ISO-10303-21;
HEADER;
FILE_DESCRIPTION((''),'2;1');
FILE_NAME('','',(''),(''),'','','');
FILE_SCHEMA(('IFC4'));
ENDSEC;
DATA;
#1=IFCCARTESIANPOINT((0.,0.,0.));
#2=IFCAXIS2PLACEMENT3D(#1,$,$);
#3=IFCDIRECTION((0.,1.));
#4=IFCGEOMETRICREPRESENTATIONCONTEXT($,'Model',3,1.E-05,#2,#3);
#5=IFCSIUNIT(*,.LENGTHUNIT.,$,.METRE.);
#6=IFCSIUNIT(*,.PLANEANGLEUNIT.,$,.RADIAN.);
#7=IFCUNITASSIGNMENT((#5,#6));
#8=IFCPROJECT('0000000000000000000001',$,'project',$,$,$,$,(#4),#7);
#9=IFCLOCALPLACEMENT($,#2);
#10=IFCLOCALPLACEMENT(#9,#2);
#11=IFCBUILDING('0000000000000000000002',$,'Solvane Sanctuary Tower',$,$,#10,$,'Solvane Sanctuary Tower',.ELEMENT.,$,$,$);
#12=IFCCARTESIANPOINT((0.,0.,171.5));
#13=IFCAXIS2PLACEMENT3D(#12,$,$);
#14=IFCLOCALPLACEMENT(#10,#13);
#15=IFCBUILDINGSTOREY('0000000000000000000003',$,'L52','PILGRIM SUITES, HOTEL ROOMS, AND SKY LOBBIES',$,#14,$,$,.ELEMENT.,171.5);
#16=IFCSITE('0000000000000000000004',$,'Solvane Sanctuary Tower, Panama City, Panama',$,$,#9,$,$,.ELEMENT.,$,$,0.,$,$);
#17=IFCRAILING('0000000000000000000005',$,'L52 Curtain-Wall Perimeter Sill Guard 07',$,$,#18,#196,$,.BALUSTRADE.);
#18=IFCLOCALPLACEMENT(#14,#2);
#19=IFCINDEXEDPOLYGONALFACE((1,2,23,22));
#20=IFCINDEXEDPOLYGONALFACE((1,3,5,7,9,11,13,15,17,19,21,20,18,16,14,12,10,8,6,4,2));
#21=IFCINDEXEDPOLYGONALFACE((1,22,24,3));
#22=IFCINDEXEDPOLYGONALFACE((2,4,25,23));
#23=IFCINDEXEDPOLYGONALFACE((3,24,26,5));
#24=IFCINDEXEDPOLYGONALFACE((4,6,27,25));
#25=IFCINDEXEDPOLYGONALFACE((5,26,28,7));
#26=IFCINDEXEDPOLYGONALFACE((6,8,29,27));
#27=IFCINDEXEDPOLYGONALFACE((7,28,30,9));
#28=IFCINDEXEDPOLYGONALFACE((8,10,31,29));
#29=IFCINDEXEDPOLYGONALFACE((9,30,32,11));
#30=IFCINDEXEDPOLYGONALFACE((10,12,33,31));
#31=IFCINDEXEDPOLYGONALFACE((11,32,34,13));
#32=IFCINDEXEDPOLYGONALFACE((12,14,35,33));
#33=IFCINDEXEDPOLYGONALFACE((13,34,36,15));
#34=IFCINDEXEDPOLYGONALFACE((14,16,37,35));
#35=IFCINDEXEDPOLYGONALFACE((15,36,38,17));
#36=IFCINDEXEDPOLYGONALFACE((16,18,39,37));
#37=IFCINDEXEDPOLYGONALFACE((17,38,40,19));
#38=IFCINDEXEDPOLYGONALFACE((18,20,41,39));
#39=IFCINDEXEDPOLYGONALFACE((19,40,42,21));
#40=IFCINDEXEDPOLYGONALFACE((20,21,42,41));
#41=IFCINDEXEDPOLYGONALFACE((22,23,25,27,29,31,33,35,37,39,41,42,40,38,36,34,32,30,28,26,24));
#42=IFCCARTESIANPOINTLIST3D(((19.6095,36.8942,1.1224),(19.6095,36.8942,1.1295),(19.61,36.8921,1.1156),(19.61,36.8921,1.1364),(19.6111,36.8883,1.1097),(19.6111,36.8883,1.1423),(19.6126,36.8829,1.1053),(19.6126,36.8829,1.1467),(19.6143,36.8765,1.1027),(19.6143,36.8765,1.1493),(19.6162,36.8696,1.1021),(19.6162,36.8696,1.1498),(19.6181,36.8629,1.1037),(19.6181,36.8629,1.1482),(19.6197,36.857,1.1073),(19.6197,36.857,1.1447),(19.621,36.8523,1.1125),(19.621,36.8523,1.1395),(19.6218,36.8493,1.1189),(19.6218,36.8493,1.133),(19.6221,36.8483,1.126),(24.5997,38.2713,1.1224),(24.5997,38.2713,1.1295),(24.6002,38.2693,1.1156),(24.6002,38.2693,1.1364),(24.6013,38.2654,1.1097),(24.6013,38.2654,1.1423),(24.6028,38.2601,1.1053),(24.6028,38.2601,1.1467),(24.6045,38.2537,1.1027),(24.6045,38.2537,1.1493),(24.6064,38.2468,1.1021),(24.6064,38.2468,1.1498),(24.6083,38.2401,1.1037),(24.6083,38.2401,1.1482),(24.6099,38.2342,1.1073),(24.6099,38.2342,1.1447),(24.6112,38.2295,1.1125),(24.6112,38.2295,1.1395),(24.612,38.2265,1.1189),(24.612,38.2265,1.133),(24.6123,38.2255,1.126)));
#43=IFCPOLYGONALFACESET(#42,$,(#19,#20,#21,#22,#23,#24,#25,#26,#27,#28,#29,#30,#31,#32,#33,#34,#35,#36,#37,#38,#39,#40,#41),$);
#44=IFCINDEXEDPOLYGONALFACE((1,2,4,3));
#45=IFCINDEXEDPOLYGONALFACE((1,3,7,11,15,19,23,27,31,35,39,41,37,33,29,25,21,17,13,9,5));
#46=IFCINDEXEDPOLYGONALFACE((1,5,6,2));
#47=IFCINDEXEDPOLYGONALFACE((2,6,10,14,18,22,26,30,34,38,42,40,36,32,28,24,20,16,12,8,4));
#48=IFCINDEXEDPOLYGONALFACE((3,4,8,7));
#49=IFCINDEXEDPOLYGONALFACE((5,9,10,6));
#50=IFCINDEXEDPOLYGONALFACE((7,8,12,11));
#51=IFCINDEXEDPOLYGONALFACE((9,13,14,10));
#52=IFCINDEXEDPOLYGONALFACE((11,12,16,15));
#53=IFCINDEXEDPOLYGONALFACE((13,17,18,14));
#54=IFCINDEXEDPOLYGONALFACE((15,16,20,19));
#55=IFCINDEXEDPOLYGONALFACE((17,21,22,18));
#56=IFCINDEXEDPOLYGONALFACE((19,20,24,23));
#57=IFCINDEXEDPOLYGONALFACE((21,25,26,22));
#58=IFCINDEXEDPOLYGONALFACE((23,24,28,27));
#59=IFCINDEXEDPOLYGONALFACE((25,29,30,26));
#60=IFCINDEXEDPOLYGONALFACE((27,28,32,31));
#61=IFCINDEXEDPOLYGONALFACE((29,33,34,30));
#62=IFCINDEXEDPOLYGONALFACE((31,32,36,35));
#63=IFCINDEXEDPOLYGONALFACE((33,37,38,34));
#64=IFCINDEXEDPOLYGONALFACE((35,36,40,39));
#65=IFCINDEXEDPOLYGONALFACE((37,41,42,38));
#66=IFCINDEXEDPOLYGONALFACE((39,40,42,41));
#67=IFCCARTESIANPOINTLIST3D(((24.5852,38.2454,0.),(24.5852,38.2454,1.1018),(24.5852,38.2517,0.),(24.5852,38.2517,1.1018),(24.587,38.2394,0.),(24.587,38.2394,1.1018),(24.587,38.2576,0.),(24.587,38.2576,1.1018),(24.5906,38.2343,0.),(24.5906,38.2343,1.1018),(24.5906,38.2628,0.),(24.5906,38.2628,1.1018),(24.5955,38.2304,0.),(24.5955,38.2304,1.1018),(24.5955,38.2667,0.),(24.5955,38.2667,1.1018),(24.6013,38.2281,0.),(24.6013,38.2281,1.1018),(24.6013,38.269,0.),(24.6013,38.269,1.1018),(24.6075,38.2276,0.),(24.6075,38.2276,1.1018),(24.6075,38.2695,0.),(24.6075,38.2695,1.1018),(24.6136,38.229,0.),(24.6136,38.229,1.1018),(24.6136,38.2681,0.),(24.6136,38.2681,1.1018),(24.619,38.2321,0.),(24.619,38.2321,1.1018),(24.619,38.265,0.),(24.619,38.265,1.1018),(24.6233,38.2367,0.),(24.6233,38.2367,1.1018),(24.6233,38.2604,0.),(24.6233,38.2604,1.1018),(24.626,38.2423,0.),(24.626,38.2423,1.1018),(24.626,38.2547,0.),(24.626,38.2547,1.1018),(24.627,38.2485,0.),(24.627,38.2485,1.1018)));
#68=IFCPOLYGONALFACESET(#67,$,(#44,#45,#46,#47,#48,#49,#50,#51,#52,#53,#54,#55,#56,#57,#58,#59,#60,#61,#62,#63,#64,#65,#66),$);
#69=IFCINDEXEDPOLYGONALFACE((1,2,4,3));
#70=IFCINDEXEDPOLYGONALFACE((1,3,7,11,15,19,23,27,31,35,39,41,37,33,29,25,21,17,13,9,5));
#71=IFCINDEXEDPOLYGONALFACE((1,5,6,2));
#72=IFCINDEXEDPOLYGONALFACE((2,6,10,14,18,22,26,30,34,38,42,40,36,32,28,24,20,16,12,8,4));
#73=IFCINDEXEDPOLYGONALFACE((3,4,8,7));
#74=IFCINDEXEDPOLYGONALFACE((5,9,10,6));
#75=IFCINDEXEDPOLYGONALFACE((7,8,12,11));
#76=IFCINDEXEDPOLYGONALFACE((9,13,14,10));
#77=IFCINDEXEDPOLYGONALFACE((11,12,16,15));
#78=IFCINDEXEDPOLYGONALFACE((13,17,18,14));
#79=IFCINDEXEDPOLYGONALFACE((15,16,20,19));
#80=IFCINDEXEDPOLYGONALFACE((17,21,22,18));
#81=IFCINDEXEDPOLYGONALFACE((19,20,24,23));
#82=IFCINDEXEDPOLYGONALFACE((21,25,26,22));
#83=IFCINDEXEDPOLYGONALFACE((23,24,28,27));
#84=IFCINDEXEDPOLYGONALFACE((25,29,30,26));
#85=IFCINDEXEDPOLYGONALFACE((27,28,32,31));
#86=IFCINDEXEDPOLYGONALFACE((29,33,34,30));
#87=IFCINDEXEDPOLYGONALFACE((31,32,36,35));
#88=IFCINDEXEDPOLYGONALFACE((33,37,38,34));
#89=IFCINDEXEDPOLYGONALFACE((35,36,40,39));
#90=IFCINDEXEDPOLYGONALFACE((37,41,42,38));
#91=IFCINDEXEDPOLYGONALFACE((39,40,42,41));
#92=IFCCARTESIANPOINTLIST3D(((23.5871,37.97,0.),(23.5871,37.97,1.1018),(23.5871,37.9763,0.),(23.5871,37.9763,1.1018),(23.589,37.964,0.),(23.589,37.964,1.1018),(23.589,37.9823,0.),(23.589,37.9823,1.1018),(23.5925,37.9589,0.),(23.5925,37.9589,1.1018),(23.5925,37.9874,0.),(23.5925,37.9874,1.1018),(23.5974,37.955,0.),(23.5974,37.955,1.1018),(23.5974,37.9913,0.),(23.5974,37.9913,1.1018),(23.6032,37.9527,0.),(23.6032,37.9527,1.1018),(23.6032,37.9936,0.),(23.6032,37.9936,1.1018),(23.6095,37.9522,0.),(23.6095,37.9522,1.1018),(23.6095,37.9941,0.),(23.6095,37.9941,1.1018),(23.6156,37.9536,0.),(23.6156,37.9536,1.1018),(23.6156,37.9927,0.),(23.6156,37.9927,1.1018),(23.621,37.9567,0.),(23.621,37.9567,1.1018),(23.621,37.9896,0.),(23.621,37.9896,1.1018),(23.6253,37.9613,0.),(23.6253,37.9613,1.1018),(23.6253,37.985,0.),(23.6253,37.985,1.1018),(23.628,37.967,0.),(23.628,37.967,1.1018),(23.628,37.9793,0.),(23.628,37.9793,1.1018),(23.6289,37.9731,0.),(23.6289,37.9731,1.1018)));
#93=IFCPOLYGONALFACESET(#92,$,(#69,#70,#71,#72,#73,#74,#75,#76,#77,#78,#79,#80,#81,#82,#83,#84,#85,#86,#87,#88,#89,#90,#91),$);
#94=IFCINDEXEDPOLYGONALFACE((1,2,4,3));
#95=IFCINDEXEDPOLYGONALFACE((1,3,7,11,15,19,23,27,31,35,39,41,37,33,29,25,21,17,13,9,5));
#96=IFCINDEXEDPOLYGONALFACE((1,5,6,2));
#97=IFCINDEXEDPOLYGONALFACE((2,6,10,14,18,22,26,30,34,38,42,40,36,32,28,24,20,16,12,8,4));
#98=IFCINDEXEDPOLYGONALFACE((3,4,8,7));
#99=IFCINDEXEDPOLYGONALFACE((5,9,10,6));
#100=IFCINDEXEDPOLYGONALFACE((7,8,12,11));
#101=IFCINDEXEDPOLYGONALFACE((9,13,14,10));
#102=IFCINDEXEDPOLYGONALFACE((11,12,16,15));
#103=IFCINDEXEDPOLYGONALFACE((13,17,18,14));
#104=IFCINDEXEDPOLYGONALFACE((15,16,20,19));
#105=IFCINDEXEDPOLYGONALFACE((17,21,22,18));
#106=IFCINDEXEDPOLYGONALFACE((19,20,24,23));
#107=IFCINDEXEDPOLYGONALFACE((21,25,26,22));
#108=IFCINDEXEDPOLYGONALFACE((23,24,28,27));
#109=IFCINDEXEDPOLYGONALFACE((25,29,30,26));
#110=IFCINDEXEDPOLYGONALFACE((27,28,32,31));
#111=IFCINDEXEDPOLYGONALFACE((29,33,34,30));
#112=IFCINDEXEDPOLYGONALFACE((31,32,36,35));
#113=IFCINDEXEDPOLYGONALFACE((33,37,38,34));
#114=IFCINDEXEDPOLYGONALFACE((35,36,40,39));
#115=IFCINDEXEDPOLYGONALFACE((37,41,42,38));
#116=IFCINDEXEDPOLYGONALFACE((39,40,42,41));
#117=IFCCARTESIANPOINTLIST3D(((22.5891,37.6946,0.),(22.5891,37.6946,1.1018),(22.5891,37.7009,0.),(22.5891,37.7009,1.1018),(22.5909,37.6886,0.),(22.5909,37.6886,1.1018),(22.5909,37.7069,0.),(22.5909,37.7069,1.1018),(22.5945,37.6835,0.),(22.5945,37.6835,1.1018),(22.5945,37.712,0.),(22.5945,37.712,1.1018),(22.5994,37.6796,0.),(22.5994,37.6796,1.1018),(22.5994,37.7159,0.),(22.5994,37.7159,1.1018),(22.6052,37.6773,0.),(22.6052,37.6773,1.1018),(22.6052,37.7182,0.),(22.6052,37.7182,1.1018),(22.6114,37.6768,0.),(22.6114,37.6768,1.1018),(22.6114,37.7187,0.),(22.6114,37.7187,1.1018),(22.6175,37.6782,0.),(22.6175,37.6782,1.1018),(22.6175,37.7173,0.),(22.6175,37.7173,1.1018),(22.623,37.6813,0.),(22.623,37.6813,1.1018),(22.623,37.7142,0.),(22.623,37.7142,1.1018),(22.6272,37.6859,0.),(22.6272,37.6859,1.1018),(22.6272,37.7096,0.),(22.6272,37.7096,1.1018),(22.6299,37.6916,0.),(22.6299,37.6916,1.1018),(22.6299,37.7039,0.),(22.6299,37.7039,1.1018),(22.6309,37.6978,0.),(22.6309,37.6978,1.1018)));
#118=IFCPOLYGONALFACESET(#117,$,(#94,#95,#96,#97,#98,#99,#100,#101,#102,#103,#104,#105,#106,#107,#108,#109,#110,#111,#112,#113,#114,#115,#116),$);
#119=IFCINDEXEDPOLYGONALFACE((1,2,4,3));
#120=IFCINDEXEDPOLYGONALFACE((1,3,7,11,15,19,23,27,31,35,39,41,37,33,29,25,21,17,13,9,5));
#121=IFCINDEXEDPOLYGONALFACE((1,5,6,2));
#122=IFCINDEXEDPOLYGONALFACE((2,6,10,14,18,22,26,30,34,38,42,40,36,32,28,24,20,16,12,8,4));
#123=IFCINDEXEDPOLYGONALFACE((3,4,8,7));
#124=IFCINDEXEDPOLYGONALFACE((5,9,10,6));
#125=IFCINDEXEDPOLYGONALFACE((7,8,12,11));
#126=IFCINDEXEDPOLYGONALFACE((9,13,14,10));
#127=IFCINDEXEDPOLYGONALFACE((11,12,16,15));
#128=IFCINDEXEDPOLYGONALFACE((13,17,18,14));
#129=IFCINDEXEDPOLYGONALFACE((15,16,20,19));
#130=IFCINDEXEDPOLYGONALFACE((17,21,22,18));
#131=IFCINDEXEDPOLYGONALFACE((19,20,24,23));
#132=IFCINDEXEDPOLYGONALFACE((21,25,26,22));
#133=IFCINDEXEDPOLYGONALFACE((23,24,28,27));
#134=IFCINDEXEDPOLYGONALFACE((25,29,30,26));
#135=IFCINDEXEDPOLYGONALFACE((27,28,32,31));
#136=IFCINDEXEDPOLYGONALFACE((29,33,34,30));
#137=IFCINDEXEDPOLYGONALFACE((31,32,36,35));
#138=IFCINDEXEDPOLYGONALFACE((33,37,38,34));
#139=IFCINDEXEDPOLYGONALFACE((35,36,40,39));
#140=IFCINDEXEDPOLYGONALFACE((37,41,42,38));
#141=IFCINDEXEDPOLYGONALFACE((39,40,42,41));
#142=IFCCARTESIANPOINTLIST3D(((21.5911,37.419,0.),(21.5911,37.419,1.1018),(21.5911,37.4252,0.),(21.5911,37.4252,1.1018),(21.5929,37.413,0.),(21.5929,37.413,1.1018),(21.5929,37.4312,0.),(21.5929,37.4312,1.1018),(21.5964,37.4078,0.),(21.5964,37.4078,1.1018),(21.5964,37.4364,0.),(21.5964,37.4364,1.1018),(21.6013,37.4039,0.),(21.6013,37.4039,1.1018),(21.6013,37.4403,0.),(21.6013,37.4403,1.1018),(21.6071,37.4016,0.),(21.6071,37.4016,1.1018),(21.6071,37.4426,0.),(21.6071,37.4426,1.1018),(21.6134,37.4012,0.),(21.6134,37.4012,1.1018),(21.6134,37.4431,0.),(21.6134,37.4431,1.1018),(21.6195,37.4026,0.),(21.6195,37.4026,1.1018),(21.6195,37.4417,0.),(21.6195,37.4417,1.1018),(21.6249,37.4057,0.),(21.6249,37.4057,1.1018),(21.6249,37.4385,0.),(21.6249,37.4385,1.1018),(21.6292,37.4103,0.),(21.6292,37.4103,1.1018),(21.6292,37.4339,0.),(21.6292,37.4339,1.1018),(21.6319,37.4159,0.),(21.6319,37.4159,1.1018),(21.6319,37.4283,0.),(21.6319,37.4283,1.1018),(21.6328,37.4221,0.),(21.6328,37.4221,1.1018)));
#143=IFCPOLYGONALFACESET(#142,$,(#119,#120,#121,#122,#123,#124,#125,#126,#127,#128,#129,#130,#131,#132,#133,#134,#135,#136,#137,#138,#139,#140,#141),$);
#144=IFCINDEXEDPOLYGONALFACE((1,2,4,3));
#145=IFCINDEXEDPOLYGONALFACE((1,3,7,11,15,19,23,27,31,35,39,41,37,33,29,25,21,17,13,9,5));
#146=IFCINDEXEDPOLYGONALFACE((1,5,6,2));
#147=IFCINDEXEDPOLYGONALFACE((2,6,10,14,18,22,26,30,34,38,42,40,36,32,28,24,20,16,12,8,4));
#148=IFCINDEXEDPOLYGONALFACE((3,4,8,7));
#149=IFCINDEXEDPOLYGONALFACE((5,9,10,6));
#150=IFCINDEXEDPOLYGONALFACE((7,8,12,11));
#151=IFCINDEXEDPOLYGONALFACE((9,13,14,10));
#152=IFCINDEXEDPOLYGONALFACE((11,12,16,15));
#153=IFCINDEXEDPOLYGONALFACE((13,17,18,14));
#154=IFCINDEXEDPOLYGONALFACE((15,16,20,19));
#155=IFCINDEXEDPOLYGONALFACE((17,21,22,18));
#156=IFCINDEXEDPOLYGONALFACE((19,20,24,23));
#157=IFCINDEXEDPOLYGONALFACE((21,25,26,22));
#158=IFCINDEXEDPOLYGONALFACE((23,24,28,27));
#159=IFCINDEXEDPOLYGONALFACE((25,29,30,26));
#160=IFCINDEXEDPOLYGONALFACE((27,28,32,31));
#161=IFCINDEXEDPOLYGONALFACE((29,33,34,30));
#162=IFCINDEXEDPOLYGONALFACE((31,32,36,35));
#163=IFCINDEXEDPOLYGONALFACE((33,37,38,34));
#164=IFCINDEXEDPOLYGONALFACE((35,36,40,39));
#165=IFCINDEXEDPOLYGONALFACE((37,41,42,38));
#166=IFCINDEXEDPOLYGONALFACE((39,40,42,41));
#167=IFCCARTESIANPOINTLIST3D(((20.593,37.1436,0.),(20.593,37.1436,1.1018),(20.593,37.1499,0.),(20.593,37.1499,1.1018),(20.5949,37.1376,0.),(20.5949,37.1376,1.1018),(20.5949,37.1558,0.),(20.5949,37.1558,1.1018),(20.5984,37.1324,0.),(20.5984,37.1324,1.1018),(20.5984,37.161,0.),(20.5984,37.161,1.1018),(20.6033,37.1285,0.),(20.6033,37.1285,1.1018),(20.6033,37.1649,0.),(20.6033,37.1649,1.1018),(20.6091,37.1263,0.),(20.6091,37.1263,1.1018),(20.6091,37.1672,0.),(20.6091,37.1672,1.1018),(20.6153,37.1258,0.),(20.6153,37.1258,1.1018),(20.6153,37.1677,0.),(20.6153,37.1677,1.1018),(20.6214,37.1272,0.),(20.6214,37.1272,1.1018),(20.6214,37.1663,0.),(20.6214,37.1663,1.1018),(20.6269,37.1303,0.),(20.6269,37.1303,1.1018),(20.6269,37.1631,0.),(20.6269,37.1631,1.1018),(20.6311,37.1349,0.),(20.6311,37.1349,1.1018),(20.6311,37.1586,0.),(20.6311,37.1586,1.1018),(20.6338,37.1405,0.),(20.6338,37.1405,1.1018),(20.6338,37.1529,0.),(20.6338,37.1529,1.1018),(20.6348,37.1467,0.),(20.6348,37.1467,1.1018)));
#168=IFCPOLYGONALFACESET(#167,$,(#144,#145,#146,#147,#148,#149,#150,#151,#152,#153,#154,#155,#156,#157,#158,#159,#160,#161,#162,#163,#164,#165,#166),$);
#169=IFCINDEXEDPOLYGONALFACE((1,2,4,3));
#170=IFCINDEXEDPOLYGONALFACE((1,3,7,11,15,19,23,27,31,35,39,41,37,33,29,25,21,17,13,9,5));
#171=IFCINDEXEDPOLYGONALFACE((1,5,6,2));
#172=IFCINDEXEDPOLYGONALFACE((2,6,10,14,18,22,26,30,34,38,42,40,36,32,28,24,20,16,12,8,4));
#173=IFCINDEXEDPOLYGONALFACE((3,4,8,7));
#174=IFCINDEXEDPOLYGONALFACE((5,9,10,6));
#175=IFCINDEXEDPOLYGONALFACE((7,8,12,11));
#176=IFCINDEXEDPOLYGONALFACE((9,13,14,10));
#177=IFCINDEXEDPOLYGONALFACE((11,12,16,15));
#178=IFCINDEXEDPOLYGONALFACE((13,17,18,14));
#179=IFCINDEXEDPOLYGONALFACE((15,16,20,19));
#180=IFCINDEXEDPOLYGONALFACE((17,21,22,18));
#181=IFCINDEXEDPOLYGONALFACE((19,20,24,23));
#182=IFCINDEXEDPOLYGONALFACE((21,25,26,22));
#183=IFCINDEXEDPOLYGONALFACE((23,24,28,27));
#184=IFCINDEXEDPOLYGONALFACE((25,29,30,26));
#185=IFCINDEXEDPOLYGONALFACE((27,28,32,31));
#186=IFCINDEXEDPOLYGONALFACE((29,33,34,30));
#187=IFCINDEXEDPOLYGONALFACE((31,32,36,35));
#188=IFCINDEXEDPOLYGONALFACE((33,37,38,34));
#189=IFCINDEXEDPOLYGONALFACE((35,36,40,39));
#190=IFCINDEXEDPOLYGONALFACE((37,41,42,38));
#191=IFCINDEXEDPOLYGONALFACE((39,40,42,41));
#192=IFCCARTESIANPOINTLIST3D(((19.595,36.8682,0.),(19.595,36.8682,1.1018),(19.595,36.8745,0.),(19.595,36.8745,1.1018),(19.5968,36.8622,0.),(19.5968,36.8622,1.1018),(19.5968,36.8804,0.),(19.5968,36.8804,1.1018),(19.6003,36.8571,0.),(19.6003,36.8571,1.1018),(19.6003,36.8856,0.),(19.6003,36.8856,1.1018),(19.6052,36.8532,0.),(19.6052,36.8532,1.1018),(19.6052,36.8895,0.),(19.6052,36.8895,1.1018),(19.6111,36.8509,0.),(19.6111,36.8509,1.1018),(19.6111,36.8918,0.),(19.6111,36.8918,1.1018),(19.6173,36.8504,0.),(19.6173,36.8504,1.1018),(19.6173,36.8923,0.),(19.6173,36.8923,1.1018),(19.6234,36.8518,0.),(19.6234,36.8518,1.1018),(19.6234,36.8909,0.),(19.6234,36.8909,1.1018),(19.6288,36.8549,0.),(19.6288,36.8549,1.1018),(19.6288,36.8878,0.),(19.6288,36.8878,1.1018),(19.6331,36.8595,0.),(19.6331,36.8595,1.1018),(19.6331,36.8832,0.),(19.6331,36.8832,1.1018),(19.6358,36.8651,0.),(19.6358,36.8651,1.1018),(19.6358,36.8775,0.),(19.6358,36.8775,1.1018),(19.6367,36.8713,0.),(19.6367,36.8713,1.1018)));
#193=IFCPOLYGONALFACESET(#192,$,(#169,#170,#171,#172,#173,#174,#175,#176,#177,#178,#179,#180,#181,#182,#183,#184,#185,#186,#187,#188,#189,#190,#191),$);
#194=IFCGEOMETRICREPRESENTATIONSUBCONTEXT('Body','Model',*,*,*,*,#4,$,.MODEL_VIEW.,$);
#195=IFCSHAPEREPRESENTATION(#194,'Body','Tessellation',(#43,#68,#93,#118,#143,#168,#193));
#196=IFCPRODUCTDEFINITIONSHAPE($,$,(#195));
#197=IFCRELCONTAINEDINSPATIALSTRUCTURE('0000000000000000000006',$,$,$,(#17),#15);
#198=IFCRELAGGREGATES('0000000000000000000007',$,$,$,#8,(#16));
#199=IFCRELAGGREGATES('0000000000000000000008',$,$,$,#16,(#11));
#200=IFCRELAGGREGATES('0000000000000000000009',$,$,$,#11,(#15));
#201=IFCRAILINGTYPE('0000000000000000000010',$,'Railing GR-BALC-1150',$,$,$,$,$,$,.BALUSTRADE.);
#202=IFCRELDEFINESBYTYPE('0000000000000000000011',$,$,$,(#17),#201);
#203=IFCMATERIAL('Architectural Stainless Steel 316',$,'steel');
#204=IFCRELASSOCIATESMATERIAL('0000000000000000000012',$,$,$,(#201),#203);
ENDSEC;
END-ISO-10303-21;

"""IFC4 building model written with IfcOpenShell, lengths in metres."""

from ifc_helpers import new_model, si_unit, direction, frame, origin, origin_2d, place, context, subcontext, project, spatial, circle, extrude, material, type_object, element, save


model = new_model("IFC4")

# Units and contexts
model_context = context("Model", 3, precision=1e-05, world=origin(), true_north=direction((0.0, 1.0)))
body_context = subcontext(model_context, "Body", "Model", "MODEL_VIEW")
ifc_project = project(units=[si_unit("LENGTHUNIT", "METRE"), si_unit("PLANEANGLEUNIT", "RADIAN")], contexts=[model_context])

# Site, building, storey
site_placement = place(None, origin())
site = spatial("IfcSite", under=ifc_project, at=site_placement, Name="Solvane Sanctuary Tower, Panama City, Panama", CompositionType="ELEMENT", RefElevation=0.0)
building_placement = place(site_placement, origin())
building = spatial("IfcBuilding", under=site, at=building_placement, Name="Solvane Sanctuary Tower", LongName="Solvane Sanctuary Tower", CompositionType="ELEMENT")
storey_placement = place(building_placement, frame((0.0, 0.0, 171.5)))
storey = spatial("IfcBuildingStorey", under=building, at=storey_placement, Name="L52", Description="PILGRIM SUITES, HOTEL ROOMS, AND SKY LOBBIES", CompositionType="ELEMENT", Elevation=171.5)

# Railing
ifc_material_1 = material(Name="Architectural Stainless Steel 316", Category="steel")
railing_type = type_object("IfcRailingType", Name="Railing GR-BALC-1150", PredefinedType="BALUSTRADE", material=ifc_material_1)
railing_placement = place(storey_placement, frame((24.606, 38.2485, 0.0)))
element("IfcRailing", 1, at=railing_placement, inside=storey, type_object=railing_type, Name="L52 Curtain-Wall Perimeter Sill Guard 07", PredefinedType="BALUSTRADE", context=body_context, shape_type="SweptSolid", body=[
    extrude(circle(Radius=0.0239, at=origin_2d()), frame((0.0, 0.0, 1.126), z_axis=(-0.963964, -0.266033, 0.0), x_axis=(0.266033, -0.963964, 0.0)), (0.0, 0.0, 1.0), 5.1768),
    extrude(circle(Radius=0.021, at=origin_2d()), origin(), (0.0, 0.0, 1.0), 1.1018),
    extrude(circle(Radius=0.021, at=origin_2d()), frame((-0.998, -0.2754, 0.0)), (0.0, 0.0, 1.0), 1.1018),
    extrude(circle(Radius=0.021, at=origin_2d()), frame((-1.9961, -0.5508, 0.0)), (0.0, 0.0, 1.0), 1.1018),
    extrude(circle(Radius=0.021, at=origin_2d()), frame((-2.9941, -0.8264, 0.0)), (0.0, 0.0, 1.0), 1.1018),
    extrude(circle(Radius=0.021, at=origin_2d()), frame((-3.9922, -1.1018, 0.0)), (0.0, 0.0, 1.0), 1.1018),
    extrude(circle(Radius=0.021, at=origin_2d()), frame((-4.9902, -1.3772, 0.0)), (0.0, 0.0, 1.0), 1.1018),
])

save(model, "model.ifc")
